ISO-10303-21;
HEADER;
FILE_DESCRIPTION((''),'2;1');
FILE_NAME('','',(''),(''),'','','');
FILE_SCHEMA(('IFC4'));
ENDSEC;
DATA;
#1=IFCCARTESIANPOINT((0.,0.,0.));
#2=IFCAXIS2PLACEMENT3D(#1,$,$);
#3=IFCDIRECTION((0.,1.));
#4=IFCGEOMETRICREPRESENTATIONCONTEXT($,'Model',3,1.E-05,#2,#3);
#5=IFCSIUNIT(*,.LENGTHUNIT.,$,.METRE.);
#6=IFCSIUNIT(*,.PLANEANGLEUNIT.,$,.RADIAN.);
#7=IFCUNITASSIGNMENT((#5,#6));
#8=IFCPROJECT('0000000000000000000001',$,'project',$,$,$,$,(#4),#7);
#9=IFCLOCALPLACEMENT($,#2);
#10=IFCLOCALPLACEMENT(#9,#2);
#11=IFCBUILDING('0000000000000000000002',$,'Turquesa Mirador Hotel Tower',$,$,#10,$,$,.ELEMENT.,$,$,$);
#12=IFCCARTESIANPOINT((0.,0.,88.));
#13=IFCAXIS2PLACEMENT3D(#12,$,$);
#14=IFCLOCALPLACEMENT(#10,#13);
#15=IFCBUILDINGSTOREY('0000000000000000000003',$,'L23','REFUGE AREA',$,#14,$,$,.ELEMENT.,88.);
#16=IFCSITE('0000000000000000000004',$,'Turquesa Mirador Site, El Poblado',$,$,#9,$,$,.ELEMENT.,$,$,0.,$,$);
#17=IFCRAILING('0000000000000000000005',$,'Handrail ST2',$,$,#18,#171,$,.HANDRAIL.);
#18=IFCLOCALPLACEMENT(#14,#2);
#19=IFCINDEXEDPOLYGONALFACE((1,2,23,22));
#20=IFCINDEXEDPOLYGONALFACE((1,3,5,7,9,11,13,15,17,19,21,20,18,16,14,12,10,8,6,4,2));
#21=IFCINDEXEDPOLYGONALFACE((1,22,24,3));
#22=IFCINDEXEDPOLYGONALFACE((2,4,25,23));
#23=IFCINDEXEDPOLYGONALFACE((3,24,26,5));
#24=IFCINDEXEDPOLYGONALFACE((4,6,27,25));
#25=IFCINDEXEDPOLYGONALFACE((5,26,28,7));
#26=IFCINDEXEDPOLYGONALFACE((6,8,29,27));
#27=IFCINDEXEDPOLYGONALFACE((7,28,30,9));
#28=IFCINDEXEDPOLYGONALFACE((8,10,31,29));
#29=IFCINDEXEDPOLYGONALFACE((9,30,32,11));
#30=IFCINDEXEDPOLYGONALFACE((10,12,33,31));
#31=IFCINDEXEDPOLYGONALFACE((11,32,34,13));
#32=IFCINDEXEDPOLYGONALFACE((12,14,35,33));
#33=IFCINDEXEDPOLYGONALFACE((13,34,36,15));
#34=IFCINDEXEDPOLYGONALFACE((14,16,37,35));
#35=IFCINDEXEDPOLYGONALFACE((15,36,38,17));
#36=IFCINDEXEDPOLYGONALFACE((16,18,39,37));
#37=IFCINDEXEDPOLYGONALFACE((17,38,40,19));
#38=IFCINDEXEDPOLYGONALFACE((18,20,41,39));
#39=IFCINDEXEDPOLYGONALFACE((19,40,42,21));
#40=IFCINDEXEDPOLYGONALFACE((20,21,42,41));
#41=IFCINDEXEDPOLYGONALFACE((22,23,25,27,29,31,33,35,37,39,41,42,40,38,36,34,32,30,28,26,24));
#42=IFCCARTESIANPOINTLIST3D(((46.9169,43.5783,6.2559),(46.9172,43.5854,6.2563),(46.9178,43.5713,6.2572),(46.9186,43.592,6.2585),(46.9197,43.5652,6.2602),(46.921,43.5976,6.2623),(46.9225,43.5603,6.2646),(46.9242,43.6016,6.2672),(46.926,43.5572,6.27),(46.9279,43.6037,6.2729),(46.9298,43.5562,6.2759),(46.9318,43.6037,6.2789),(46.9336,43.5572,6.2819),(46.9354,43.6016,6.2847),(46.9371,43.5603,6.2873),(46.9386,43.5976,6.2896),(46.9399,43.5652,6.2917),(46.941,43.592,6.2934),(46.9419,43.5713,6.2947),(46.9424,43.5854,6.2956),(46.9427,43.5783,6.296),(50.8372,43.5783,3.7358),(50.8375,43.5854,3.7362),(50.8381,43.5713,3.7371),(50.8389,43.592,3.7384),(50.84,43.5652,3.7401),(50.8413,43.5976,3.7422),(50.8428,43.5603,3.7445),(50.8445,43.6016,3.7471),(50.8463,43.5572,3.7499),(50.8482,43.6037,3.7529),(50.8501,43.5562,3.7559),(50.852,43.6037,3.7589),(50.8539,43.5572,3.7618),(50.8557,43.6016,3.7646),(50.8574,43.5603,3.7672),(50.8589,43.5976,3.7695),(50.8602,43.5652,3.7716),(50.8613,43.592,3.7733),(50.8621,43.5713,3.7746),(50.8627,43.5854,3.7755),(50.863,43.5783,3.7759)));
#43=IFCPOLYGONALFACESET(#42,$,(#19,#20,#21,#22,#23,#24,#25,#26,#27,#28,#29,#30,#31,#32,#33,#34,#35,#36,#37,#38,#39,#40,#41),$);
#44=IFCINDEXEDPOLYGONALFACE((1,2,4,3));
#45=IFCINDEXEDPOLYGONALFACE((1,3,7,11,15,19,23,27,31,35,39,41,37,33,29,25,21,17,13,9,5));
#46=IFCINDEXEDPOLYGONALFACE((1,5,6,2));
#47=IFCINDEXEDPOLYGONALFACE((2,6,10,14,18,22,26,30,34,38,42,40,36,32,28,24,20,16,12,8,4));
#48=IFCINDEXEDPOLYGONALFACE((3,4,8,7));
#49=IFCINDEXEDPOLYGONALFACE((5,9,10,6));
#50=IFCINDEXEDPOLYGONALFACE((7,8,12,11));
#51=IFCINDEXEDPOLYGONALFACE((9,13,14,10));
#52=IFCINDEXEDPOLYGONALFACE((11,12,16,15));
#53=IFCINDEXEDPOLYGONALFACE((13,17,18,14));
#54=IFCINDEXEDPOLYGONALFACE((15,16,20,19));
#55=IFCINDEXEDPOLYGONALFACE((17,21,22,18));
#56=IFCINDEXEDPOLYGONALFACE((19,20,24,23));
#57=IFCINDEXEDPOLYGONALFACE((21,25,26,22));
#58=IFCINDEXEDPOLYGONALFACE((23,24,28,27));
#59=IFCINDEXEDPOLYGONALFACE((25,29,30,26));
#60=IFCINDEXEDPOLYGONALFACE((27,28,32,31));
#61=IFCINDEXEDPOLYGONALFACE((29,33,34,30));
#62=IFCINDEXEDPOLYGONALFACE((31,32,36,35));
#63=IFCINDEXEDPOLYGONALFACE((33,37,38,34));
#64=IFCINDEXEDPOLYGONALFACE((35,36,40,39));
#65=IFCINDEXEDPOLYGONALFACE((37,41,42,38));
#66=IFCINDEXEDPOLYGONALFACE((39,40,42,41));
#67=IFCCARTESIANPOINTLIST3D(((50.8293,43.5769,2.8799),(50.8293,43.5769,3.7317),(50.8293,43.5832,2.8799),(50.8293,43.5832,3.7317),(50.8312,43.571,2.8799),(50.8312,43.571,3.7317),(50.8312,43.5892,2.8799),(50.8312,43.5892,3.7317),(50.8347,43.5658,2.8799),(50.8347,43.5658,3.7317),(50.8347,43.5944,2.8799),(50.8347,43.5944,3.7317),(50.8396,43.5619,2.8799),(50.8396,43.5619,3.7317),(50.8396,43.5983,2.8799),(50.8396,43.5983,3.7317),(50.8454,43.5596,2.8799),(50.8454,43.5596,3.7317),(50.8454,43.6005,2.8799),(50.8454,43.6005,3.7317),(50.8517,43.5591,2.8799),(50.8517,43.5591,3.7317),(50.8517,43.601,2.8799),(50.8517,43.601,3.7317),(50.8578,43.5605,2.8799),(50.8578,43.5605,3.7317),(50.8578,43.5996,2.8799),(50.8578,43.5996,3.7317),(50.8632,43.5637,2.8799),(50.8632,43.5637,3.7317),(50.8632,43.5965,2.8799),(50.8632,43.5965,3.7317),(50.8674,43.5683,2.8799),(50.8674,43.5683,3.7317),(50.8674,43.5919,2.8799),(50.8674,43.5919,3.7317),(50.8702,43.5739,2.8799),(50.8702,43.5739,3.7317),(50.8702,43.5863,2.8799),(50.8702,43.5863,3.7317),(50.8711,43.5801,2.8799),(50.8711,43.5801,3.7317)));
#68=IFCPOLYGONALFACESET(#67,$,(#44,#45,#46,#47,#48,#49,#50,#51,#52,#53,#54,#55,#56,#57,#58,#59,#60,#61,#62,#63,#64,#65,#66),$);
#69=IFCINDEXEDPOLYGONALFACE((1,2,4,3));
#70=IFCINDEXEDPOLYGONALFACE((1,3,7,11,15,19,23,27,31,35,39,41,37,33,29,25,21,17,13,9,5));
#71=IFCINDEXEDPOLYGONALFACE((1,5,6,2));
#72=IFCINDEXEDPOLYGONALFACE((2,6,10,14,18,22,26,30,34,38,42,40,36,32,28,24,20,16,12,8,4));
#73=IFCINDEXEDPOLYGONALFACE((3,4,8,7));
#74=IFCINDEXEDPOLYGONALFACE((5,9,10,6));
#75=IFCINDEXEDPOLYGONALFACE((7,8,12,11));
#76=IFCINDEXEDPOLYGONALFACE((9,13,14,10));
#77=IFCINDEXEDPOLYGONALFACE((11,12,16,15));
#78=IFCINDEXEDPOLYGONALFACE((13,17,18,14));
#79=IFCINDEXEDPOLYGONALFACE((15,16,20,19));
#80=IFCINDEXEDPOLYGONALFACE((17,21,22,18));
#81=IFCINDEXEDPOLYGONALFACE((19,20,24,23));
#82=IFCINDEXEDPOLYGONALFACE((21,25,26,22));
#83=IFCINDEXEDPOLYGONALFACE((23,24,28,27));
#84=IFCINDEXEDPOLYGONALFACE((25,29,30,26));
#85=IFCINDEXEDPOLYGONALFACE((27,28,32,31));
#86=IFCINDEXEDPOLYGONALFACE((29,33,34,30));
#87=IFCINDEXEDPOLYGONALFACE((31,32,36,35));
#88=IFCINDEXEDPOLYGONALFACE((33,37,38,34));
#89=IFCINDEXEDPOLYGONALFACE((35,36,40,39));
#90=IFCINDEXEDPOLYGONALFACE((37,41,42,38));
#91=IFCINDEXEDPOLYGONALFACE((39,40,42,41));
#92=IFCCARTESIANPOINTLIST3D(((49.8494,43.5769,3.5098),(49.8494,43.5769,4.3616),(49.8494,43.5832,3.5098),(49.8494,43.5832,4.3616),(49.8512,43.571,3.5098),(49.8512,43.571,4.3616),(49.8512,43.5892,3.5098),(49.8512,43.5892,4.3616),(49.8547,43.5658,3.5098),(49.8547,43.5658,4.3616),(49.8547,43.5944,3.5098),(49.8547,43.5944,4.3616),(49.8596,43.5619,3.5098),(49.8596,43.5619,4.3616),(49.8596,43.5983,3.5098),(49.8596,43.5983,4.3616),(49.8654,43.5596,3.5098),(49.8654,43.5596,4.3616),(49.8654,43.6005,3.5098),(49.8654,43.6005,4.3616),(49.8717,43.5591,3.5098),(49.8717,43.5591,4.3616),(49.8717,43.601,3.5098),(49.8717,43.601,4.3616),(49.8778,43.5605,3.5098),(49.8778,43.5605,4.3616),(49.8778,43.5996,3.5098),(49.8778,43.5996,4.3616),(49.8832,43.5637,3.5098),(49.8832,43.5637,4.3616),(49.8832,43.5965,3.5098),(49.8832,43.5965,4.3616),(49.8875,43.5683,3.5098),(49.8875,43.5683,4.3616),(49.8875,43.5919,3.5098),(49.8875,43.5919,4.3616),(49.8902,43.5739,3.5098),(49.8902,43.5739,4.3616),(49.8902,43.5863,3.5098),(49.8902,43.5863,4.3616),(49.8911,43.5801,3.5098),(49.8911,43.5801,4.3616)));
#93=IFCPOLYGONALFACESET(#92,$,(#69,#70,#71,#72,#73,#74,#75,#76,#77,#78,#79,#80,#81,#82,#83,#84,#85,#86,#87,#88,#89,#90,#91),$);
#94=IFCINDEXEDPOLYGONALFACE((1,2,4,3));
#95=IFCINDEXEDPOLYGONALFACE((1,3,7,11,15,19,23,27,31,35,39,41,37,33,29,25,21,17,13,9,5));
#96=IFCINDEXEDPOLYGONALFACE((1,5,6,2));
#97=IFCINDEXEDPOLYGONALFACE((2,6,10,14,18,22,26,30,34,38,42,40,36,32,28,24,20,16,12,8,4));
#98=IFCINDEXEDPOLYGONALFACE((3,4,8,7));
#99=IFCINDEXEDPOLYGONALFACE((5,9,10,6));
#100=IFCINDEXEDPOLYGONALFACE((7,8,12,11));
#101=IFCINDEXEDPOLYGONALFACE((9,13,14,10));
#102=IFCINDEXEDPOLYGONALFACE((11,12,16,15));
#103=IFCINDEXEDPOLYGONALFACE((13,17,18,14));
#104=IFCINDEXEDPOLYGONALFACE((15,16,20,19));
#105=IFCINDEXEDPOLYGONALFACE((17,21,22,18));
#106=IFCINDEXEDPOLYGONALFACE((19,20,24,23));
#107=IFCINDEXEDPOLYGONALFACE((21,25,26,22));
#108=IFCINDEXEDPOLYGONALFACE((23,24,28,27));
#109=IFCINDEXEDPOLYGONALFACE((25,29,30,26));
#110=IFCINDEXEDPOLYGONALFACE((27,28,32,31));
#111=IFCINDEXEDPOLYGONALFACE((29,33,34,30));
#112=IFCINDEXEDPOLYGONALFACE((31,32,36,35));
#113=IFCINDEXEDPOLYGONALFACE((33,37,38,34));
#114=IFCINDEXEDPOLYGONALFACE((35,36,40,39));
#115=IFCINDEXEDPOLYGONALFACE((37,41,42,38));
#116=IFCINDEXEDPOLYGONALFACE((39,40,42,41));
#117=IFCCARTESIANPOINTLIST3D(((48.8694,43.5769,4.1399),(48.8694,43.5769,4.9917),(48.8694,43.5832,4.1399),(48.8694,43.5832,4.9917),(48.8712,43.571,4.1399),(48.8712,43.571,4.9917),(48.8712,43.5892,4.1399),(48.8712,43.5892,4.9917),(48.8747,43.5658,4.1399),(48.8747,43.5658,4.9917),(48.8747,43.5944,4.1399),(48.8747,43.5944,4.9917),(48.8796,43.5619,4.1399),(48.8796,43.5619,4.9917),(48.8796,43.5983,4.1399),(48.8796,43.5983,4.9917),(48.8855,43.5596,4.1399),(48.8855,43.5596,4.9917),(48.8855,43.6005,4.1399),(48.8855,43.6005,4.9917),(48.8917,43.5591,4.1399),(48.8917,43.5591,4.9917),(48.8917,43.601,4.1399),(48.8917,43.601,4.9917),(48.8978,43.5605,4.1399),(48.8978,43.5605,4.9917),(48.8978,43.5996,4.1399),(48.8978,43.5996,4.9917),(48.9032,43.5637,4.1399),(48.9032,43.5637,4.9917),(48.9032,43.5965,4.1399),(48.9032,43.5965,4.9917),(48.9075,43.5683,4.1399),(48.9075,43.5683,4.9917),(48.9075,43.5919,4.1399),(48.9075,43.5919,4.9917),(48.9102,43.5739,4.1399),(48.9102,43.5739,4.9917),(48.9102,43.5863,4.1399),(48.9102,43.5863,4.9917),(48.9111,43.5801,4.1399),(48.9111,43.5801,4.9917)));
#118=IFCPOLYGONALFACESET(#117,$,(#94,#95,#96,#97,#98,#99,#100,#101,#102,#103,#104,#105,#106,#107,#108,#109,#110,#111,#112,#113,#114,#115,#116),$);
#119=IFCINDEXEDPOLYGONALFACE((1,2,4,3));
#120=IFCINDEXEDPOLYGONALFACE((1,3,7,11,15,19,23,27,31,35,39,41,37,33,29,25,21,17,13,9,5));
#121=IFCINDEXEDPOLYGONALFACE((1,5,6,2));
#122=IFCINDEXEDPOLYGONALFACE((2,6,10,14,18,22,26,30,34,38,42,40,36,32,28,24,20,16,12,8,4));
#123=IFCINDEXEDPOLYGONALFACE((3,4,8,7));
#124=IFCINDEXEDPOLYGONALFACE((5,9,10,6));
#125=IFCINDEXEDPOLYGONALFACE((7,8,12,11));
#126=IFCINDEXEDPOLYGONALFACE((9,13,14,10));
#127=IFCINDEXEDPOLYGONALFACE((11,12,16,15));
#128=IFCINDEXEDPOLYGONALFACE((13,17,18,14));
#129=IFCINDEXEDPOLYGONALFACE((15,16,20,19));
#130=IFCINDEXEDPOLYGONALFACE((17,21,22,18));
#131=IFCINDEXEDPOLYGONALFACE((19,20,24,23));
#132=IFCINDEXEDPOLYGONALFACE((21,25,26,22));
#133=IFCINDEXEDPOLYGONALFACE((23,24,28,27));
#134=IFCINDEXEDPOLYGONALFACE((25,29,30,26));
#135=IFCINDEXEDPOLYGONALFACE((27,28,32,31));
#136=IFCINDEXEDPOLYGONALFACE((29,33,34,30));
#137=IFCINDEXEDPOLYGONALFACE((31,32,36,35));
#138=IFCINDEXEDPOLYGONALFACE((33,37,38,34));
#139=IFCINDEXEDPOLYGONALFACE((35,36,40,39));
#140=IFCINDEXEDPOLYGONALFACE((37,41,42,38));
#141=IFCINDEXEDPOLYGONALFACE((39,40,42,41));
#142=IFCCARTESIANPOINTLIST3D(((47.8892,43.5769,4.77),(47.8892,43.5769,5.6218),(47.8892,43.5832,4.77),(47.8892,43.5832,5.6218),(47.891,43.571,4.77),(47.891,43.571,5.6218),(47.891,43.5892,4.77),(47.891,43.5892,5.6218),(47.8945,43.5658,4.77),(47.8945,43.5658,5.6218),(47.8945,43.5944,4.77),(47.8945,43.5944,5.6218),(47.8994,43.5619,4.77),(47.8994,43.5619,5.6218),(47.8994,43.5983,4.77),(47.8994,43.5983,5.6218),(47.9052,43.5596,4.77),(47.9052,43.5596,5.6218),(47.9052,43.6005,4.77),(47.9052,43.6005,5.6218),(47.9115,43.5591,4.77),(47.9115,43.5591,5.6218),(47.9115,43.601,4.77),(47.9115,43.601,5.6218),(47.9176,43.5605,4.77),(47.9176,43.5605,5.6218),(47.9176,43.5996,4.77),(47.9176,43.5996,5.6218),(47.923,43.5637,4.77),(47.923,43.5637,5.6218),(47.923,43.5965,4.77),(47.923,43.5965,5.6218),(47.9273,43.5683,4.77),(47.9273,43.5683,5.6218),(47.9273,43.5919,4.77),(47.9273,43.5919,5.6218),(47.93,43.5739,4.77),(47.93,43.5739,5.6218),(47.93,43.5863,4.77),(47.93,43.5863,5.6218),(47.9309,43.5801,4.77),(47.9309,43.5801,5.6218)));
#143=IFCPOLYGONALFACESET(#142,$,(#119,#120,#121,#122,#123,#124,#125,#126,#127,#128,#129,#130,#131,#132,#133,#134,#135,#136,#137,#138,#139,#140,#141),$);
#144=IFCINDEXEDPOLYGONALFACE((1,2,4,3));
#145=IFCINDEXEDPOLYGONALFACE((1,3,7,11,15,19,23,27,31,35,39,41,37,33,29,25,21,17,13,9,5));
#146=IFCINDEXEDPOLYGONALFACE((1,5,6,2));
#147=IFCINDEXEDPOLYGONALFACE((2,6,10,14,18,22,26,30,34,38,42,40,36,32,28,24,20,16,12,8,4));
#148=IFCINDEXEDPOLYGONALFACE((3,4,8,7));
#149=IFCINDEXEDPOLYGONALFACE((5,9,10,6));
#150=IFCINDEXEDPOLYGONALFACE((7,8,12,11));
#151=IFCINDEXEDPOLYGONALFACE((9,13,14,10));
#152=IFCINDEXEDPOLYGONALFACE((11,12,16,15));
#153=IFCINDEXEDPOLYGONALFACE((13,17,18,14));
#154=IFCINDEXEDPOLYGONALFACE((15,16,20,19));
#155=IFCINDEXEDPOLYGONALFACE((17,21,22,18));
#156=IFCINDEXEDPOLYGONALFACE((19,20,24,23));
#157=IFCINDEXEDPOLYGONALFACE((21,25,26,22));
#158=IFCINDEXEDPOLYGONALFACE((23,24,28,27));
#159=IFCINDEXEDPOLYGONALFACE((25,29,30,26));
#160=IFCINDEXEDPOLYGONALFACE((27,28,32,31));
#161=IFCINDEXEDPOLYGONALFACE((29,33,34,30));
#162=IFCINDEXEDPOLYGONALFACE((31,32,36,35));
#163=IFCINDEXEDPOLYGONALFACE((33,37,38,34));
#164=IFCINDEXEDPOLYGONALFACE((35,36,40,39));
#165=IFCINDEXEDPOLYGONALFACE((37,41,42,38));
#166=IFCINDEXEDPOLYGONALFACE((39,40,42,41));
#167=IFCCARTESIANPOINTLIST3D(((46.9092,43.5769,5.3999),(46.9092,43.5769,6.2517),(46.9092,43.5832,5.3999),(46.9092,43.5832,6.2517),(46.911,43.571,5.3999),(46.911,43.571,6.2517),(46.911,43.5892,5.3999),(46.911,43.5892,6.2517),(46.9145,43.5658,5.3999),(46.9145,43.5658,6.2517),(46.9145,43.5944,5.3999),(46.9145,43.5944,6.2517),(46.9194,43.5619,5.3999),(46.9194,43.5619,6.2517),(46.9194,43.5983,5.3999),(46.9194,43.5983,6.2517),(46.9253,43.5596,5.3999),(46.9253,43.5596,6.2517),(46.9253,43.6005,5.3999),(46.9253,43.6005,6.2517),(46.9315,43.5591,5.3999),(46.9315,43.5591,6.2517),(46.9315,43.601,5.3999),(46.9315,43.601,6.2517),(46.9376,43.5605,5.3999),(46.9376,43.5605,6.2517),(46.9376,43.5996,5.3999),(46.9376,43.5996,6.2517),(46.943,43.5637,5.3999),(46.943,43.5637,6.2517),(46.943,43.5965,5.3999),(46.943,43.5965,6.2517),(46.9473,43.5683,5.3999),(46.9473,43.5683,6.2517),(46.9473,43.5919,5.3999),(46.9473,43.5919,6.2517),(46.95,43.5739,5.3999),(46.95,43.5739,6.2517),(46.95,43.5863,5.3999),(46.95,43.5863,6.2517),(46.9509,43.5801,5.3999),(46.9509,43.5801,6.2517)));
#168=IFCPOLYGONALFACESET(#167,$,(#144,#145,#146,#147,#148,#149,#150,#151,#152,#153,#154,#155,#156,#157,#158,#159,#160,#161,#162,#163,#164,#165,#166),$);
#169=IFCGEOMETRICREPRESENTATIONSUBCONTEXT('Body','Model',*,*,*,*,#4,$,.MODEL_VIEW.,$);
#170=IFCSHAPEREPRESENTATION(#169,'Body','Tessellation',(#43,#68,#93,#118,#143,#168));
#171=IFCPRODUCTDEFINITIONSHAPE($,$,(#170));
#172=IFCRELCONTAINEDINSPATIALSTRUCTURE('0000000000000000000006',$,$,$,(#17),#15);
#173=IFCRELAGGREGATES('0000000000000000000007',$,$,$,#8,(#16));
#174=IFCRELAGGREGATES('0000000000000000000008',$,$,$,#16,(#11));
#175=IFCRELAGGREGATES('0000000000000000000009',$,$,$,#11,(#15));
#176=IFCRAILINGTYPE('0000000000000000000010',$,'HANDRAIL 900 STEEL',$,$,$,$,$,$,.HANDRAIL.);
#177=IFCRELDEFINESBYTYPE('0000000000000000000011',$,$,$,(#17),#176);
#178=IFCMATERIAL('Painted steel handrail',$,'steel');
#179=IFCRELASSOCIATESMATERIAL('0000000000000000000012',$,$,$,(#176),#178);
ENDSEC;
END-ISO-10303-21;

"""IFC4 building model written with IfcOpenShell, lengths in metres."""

from ifc_helpers import new_model, si_unit, direction, frame, origin, origin_2d, place, context, subcontext, project, spatial, circle, extrude, material, type_object, element, save


model = new_model("IFC4")

# Units and contexts
model_context = context("Model", 3, precision=1e-05, world=origin(), true_north=direction((0.0, 1.0)))
body_context = subcontext(model_context, "Body", "Model", "MODEL_VIEW")
ifc_project = project(units=[si_unit("LENGTHUNIT", "METRE"), si_unit("PLANEANGLEUNIT", "RADIAN")], contexts=[model_context])

# Site, building, storey
site_placement = place(None, origin())
site = spatial("IfcSite", under=ifc_project, at=site_placement, Name="Turquesa Mirador Site, El Poblado", CompositionType="ELEMENT", RefElevation=0.0)
building_placement = place(site_placement, origin())
building = spatial("IfcBuilding", under=site, at=building_placement, Name="Turquesa Mirador Hotel Tower", CompositionType="ELEMENT")
storey_placement = place(building_placement, frame((0.0, 0.0, 88.0)))
storey = spatial("IfcBuildingStorey", under=building, at=storey_placement, Name="L23", Description="REFUGE AREA", CompositionType="ELEMENT", Elevation=88.0)

# Railing
ifc_material_1 = material(Name="Painted steel handrail", Category="steel")
railing_type = type_object("IfcRailingType", Name="HANDRAIL 900 STEEL", PredefinedType="HANDRAIL", material=ifc_material_1)
railing_placement = place(storey_placement, frame((50.8501, 43.5801, 2.8799)))
element("IfcRailing", 1, at=railing_placement, inside=storey, type_object=railing_type, Name="Handrail ST2", PredefinedType="HANDRAIL", context=body_context, shape_type="SweptSolid", body=[
    extrude(circle(Radius=0.0239, at=origin_2d()), frame((0.0, 0.0, 0.876), z_axis=(-0.841187, 0.0, 0.540744), x_axis=(0.0, -1.0, 0.0)), (0.0, 0.0, 1.0), 4.6604),
    extrude(circle(Radius=0.021, at=origin_2d()), origin(), (0.0, 0.0, 1.0), 0.8518),
    extrude(circle(Radius=0.021, at=origin_2d()), frame((-0.98, 0.0, 0.6299)), (0.0, 0.0, 1.0), 0.8518),
    extrude(circle(Radius=0.021, at=origin_2d()), frame((-1.96, 0.0, 1.26)), (0.0, 0.0, 1.0), 0.8518),
    extrude(circle(Radius=0.021, at=origin_2d()), frame((-2.9402, 0.0, 1.8901)), (0.0, 0.0, 1.0), 0.8518),
    extrude(circle(Radius=0.021, at=origin_2d()), frame((-3.9202, 0.0, 2.52)), (0.0, 0.0, 1.0), 0.8518),
])

save(model, "model.ifc")
